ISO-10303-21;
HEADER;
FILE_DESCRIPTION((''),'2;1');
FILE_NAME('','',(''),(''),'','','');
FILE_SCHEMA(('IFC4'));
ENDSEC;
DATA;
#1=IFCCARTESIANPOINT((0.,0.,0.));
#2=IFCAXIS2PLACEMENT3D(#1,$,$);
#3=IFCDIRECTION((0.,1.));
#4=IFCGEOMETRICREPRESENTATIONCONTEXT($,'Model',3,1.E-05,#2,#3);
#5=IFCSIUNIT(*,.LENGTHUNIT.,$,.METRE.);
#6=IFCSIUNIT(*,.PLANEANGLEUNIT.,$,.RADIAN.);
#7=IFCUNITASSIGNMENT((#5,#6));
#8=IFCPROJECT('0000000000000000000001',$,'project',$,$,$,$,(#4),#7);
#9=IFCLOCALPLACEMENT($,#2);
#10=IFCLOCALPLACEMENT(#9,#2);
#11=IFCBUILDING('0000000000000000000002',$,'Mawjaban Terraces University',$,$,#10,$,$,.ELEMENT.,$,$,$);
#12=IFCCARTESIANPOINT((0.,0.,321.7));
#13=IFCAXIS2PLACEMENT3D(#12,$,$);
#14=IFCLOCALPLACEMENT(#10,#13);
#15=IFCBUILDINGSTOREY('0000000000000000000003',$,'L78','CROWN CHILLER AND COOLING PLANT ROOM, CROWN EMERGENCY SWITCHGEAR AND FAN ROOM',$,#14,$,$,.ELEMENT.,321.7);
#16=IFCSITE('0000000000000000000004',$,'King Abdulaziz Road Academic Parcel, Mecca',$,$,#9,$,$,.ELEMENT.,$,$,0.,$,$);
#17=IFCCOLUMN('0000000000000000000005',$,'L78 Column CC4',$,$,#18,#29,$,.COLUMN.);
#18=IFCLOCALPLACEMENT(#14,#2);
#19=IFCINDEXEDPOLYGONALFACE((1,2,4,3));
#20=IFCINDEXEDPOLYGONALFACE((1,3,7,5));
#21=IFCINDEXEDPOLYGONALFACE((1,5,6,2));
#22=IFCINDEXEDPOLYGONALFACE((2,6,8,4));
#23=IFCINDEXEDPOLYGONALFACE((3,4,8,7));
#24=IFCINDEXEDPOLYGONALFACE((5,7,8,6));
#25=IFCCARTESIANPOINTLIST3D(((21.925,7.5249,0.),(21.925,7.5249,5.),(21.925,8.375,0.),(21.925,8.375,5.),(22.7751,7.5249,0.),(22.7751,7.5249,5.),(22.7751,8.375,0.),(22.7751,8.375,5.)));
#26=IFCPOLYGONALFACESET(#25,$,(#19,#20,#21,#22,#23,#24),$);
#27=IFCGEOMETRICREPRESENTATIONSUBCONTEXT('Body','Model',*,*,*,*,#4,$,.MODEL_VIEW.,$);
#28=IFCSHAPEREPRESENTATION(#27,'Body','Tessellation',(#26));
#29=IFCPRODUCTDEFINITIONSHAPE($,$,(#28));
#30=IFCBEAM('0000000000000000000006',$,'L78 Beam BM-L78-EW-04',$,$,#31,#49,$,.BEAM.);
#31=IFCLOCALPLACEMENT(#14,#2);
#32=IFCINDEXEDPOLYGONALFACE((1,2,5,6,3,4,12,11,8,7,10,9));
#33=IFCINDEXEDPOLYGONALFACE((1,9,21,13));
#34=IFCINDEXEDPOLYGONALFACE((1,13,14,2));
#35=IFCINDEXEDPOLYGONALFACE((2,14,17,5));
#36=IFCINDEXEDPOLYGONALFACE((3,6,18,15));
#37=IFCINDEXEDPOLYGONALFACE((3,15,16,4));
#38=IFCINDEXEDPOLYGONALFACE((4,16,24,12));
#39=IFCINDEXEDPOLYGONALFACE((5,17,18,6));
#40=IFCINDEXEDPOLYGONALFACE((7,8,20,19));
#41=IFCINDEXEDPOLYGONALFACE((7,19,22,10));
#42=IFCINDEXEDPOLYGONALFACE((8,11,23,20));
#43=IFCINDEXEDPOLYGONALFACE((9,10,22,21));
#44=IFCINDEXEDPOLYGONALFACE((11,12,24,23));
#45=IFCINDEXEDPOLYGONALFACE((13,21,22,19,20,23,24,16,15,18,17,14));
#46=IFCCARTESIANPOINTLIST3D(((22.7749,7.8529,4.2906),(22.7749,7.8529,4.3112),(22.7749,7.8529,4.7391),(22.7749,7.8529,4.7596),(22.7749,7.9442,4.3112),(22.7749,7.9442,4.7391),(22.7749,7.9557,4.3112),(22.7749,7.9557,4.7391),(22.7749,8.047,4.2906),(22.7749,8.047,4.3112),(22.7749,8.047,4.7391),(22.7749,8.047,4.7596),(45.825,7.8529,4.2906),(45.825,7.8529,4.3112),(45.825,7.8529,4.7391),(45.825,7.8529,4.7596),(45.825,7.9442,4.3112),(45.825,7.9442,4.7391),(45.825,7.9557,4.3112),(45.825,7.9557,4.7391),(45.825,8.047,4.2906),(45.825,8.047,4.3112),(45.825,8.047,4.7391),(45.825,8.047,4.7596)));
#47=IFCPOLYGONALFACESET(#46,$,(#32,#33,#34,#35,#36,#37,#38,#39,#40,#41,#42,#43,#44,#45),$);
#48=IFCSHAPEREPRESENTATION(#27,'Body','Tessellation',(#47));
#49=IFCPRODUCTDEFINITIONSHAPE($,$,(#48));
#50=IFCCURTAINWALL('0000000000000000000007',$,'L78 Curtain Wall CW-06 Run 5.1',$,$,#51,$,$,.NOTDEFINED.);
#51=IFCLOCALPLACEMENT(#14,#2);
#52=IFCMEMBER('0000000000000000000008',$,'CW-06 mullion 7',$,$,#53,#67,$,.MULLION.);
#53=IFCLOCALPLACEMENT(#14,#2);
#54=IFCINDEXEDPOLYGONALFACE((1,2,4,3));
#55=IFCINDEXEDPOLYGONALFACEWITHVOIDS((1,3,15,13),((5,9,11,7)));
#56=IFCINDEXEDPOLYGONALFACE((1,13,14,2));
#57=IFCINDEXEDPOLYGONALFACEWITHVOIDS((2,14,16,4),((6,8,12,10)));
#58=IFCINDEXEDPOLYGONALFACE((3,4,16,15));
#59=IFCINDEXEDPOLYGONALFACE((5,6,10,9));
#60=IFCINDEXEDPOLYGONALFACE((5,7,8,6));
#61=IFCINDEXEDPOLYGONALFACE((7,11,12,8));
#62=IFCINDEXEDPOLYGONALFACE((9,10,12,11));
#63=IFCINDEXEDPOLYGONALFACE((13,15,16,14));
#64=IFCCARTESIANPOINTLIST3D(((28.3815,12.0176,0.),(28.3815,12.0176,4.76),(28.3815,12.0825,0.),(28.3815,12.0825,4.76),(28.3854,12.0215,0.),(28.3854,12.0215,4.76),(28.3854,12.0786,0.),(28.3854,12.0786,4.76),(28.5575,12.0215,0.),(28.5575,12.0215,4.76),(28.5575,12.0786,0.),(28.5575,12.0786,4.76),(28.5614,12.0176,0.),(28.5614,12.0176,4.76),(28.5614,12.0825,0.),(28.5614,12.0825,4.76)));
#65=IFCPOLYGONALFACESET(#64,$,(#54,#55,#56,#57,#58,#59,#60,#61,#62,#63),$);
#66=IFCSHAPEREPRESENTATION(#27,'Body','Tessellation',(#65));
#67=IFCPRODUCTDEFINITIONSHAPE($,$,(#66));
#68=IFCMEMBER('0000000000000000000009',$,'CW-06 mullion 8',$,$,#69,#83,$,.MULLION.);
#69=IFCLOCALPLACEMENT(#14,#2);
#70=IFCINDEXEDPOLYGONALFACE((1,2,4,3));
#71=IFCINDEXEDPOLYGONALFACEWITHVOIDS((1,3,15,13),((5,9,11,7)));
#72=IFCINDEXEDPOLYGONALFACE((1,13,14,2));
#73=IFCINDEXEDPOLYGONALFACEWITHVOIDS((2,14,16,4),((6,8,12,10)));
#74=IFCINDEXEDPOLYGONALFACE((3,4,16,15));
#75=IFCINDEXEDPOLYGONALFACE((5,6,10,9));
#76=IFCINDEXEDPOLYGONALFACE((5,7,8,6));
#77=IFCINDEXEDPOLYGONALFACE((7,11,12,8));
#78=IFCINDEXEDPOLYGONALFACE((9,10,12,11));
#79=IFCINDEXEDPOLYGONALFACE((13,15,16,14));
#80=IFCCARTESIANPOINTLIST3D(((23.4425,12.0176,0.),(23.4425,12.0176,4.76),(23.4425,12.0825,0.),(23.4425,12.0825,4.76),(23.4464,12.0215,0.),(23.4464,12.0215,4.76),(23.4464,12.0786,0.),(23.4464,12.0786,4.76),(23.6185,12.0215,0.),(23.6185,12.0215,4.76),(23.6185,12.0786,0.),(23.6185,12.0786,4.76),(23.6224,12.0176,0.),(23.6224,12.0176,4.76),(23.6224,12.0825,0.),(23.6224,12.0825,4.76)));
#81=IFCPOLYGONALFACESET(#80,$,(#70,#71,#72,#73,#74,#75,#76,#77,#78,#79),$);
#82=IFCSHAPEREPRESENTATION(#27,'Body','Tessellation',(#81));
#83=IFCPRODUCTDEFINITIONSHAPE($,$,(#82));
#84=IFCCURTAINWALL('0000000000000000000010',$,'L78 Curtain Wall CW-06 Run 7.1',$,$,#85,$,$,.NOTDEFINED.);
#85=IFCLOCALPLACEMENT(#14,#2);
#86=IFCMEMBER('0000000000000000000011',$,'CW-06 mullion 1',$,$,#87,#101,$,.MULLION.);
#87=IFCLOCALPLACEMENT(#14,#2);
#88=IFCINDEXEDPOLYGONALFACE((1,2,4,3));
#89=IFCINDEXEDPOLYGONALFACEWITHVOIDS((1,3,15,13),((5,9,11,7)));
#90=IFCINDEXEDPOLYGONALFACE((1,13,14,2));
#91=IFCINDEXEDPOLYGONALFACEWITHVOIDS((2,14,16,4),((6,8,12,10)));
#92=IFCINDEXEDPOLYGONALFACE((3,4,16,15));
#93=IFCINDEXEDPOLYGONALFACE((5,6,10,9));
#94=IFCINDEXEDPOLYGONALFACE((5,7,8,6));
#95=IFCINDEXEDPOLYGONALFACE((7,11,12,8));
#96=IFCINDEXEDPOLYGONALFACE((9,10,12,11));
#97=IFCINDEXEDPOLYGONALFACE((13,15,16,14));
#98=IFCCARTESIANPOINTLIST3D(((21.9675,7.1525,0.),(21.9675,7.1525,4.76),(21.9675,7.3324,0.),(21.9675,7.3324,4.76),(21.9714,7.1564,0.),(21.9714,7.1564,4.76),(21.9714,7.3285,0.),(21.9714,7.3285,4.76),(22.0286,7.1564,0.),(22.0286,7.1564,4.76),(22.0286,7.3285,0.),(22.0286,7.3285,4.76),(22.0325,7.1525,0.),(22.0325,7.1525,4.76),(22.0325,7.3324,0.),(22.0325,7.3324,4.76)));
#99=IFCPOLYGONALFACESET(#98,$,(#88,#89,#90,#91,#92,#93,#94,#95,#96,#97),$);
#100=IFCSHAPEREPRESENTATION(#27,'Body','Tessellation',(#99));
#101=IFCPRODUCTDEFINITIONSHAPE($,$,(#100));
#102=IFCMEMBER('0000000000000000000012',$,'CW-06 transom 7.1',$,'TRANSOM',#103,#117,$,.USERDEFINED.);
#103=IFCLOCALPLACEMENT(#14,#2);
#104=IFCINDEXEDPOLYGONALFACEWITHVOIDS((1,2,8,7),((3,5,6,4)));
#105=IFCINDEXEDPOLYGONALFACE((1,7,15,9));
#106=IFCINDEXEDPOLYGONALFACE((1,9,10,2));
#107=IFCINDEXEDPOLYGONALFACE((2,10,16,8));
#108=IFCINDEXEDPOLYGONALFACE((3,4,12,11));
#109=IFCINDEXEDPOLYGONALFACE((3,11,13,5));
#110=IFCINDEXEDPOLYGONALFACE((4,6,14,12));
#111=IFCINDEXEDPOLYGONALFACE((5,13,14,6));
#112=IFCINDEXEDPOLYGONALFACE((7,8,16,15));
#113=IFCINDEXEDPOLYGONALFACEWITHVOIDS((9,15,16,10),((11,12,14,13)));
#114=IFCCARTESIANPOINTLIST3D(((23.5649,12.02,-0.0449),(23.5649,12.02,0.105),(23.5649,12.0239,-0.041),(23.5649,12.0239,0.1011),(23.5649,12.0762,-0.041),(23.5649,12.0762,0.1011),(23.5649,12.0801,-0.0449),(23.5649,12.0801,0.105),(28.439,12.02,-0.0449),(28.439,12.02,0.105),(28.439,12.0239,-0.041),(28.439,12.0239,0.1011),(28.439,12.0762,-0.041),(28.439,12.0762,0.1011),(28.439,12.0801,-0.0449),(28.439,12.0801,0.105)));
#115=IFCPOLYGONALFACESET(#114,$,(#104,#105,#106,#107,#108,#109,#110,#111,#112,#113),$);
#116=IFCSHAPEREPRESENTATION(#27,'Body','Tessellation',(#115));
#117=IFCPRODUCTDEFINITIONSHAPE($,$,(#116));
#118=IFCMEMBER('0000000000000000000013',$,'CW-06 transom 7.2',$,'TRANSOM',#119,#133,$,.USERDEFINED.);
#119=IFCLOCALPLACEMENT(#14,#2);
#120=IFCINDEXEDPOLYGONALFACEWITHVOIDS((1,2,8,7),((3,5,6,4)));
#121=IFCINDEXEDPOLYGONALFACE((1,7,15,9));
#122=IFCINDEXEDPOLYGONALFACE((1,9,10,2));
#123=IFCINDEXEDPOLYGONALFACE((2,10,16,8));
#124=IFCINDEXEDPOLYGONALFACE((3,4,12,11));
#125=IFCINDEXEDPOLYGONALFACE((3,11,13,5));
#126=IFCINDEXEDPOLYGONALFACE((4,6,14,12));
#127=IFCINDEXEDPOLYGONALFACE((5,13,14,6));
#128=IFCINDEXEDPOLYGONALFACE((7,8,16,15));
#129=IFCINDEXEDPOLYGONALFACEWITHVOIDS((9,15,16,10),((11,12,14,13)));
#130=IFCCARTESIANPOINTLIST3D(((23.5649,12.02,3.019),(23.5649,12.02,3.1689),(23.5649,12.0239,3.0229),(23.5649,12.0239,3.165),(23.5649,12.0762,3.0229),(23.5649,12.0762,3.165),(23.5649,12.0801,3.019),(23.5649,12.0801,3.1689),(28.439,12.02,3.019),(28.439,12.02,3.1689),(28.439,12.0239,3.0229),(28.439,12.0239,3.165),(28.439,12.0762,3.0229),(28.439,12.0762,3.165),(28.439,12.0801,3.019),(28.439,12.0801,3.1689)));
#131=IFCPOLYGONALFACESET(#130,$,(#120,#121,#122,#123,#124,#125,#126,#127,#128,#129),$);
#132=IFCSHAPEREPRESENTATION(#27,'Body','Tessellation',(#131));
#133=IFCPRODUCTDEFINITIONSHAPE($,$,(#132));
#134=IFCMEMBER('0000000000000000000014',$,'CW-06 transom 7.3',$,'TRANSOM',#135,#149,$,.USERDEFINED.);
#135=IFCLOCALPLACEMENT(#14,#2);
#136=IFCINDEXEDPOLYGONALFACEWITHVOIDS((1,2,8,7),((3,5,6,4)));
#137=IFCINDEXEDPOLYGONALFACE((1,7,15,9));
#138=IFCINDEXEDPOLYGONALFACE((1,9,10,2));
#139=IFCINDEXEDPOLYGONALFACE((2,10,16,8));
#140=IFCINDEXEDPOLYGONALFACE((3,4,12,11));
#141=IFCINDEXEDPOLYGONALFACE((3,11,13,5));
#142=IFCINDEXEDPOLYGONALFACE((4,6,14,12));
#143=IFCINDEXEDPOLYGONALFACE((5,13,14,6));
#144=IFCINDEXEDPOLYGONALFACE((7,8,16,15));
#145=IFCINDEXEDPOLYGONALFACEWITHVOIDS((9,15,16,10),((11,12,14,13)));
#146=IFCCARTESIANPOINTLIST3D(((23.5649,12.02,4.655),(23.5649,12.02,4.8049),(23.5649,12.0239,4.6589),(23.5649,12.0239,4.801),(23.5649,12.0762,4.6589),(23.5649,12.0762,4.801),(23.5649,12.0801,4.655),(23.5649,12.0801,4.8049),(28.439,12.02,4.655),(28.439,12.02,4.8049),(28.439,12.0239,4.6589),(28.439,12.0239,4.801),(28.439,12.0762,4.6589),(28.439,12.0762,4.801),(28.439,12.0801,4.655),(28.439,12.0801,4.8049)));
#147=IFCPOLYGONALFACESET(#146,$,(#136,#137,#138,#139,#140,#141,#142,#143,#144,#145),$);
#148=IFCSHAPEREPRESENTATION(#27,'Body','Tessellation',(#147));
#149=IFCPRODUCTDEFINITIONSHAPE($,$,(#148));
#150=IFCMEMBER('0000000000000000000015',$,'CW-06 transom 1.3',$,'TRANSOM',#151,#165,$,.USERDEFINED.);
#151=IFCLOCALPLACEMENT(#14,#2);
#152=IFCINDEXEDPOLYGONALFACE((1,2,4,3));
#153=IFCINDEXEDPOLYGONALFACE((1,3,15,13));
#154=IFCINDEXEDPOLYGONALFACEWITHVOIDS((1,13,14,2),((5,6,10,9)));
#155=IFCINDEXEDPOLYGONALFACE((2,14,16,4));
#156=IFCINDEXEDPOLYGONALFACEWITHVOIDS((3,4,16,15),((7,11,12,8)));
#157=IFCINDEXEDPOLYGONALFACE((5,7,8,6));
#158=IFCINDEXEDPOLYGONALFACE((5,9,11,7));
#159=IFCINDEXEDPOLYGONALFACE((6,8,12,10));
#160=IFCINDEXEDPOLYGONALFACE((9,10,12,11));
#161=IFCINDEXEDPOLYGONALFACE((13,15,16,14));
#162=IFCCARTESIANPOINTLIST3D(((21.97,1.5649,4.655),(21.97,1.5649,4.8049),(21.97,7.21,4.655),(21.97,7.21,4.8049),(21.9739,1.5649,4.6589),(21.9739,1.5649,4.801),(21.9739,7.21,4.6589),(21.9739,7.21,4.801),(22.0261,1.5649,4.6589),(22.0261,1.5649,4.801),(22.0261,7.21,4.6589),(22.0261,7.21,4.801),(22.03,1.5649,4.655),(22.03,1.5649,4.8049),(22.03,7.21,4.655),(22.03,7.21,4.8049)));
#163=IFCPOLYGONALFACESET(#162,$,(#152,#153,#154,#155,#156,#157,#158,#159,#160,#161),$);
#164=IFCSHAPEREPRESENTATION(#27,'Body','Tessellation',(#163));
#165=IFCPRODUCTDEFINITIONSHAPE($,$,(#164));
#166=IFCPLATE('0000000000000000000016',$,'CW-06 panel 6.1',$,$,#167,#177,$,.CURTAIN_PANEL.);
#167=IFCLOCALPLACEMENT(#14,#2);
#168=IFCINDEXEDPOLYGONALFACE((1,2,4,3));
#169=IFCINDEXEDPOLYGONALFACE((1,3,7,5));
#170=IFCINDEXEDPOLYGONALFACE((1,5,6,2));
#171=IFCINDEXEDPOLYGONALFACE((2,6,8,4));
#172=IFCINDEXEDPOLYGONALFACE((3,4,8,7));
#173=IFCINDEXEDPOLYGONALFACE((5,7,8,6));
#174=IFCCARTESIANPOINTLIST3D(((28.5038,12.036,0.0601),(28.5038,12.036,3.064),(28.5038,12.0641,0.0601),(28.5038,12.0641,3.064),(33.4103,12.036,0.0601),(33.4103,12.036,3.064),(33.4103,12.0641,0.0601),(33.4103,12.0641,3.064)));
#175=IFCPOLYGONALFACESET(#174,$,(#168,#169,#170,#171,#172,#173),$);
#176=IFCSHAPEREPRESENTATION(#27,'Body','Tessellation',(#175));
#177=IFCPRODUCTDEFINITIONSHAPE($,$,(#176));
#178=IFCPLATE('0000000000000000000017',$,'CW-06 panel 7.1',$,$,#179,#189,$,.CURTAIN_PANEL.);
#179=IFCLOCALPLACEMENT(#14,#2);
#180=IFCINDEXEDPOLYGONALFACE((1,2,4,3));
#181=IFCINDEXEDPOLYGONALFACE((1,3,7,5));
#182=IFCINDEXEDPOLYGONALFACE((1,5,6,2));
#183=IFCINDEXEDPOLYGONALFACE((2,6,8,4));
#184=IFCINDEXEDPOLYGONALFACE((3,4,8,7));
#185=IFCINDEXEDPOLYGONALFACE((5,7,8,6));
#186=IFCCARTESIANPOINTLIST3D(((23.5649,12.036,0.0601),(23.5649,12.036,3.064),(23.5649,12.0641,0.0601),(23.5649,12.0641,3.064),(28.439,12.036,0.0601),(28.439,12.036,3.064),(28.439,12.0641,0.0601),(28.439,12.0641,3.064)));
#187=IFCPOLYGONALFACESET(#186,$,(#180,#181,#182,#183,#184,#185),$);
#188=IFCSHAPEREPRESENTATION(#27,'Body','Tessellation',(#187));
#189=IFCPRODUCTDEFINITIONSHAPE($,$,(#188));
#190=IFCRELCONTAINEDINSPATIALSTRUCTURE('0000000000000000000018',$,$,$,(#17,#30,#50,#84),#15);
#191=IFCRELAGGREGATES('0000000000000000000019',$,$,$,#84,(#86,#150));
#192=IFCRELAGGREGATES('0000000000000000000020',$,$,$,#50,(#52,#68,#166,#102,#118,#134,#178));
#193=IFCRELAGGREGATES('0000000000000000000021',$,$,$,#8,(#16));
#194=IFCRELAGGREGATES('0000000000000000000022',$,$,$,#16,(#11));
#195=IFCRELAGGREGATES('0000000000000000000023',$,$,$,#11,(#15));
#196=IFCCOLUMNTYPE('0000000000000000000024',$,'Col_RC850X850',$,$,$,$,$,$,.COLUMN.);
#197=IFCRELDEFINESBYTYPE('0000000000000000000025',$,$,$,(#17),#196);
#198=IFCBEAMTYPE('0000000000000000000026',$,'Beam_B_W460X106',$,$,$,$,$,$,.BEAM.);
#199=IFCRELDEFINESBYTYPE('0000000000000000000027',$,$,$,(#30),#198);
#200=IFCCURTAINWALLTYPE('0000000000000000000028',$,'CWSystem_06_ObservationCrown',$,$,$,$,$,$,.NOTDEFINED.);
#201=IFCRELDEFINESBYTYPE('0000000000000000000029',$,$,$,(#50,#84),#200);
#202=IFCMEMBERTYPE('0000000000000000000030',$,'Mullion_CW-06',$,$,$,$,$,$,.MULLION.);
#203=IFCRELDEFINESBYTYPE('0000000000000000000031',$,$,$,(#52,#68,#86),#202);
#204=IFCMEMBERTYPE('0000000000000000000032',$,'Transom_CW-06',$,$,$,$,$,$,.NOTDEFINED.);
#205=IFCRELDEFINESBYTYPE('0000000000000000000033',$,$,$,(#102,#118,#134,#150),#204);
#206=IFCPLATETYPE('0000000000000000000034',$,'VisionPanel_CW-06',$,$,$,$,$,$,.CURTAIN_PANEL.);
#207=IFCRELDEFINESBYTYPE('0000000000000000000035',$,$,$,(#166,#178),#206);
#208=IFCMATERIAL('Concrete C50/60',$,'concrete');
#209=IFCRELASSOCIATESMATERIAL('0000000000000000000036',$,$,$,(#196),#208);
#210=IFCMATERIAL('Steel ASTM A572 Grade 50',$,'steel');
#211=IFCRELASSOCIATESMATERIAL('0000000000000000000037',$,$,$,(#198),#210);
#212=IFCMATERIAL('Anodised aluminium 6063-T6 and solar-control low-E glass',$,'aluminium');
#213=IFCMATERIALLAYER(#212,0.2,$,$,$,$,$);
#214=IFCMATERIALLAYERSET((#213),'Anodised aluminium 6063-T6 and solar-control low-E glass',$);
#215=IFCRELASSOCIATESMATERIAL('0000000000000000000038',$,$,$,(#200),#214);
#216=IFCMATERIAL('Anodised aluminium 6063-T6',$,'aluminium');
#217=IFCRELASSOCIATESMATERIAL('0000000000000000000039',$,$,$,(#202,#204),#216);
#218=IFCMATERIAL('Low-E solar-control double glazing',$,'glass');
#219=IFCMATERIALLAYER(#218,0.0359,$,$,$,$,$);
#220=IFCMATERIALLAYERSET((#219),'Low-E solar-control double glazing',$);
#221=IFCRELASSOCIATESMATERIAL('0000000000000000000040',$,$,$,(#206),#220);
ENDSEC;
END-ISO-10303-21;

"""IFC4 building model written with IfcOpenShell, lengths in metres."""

from ifc_helpers import new_model, si_unit, direction, frame, origin, origin_2d, place, context, subcontext, project, spatial, rectangle, hollow_rectangle, i_section, extrude, material, layer, layer_set, material_profile, profile_set, type_object, element, aggregate, save


model = new_model("IFC4")

# Units and contexts
model_context = context("Model", 3, precision=1e-05, world=origin(), true_north=direction((0.0, 1.0)))
body_context = subcontext(model_context, "Body", "Model", "MODEL_VIEW")
ifc_project = project(units=[si_unit("LENGTHUNIT", "METRE"), si_unit("PLANEANGLEUNIT", "RADIAN")], contexts=[model_context])

# Site, building, storey
site_placement = place(None, origin())
site = spatial("IfcSite", under=ifc_project, at=site_placement, Name="King Abdulaziz Road Academic Parcel, Mecca", CompositionType="ELEMENT", RefElevation=0.0)
building_placement = place(site_placement, origin())
building = spatial("IfcBuilding", under=site, at=building_placement, Name="Mawjaban Terraces University", CompositionType="ELEMENT")
storey_placement = place(building_placement, frame((0.0, 0.0, 321.7)))
storey = spatial("IfcBuildingStorey", under=building, at=storey_placement, Name="L78", Description="CROWN CHILLER AND COOLING PLANT ROOM, CROWN EMERGENCY SWITCHGEAR AND FAN ROOM", CompositionType="ELEMENT", Elevation=321.7)

# Column
ifc_material_1 = material(Name="Concrete C50/60", Category="concrete")
ifc_material_profile_1 = material_profile(ifc_material_1, rectangle(XDim=0.8501, YDim=0.8501, at=origin_2d()), Name="RC850X850")
ifc_profile_set_1 = profile_set([ifc_material_profile_1], Name="Concrete C50/60")
column_type = type_object("IfcColumnType", Name="Col_RC850X850", PredefinedType="COLUMN", material=ifc_profile_set_1)
column_placement = place(storey_placement, frame((22.3501, 7.95, 0.0), z_axis=(0.0, 0.0, 1.0), x_axis=(1.0, 0.0, 0.0)))
element("IfcColumn", 1, at=column_placement, inside=storey, type_object=column_type, Name="L78 Column CC4", PredefinedType="COLUMN", context=body_context, shape_type="SweptSolid", body=[
    extrude(rectangle(XDim=0.8501, YDim=0.8501, at=origin_2d()), origin(), (0.0, 0.0, 1.0), 5.0),
])

# Beam
ifc_material_2 = material(Name="Steel ASTM A572 Grade 50", Category="steel")
ifc_material_profile_2 = material_profile(ifc_material_2, i_section(OverallWidth=0.1941, OverallDepth=0.469, WebThickness=0.0115, FlangeThickness=0.0205, at=origin_2d()), Name="W460X106")
ifc_profile_set_2 = profile_set([ifc_material_profile_2], Name="Steel ASTM A572 Grade 50")
beam_type = type_object("IfcBeamType", Name="Beam_B_W460X106", PredefinedType="BEAM", material=ifc_profile_set_2)
beam_placement = place(storey_placement, frame((22.7749, 7.95, 4.5251), z_axis=(1.0, 0.0, 0.0), x_axis=(0.0, 1.0, 0.0)))
element("IfcBeam", 2, at=beam_placement, inside=storey, type_object=beam_type, Name="L78 Beam BM-L78-EW-04", PredefinedType="BEAM", context=body_context, shape_type="SweptSolid", body=[
    extrude(i_section(OverallWidth=0.1941, OverallDepth=0.469, WebThickness=0.0115, FlangeThickness=0.0205, at=origin_2d()), origin(), (0.0, 0.0, 1.0), 23.05),
])

# Curtain wall, members
ifc_material_3 = material(Name="Anodised aluminium 6063-T6 and solar-control low-E glass", Category="aluminium")
ifc_layer_1 = layer(ifc_material_3, 0.2)
ifc_layer_set_1 = layer_set([ifc_layer_1], Name="Anodised aluminium 6063-T6 and solar-control low-E glass")
curtain_wall_type = type_object("IfcCurtainWallType", Name="CWSystem_06_ObservationCrown", PredefinedType="NOTDEFINED", material=ifc_layer_set_1)
curtain_wall_1_placement = place(storey_placement, origin())
curtain_wall_1 = element("IfcCurtainWall", 3, at=curtain_wall_1_placement, inside=storey, type_object=curtain_wall_type, Name="L78 Curtain Wall CW-06 Run 5.1", PredefinedType="NOTDEFINED")
ifc_material_4 = material(Name="Anodised aluminium 6063-T6", Category="aluminium")
ifc_material_profile_3 = material_profile(ifc_material_4, hollow_rectangle(XDim=0.0649, YDim=0.1799, WallThickness=0.0039, at=origin_2d()), Name="ALU180X65X4")
ifc_profile_set_3 = profile_set([ifc_material_profile_3], Name="Anodised aluminium 6063-T6")
member_type_1 = type_object("IfcMemberType", Name="Mullion_CW-06", PredefinedType="MULLION", material=ifc_profile_set_3)
member_1_placement = place(storey_placement, frame((28.4714, 12.05, 0.0), z_axis=(0.0, 0.0, 1.0), x_axis=(0.0, -1.0, 0.0)))
member_1 = element("IfcMember", 4, at=member_1_placement, type_object=member_type_1, Name="CW-06 mullion 7", PredefinedType="MULLION", context=body_context, shape_type="SweptSolid", body=[
    extrude(hollow_rectangle(XDim=0.0649, YDim=0.1799, WallThickness=0.0039, at=origin_2d()), origin(), (0.0, 0.0, 1.0), 4.76),
])
member_2_placement = place(storey_placement, frame((23.5325, 12.05, 0.0), z_axis=(0.0, 0.0, 1.0), x_axis=(0.0, -1.0, 0.0)))
member_2 = element("IfcMember", 5, at=member_2_placement, type_object=member_type_1, Name="CW-06 mullion 8", PredefinedType="MULLION", context=body_context, shape_type="SweptSolid", body=[
    extrude(hollow_rectangle(XDim=0.0649, YDim=0.1799, WallThickness=0.0039, at=origin_2d()), origin(), (0.0, 0.0, 1.0), 4.76),
])

# Curtain wall, member
curtain_wall_2_placement = place(storey_placement, origin())
curtain_wall_2 = element("IfcCurtainWall", 6, at=curtain_wall_2_placement, inside=storey, type_object=curtain_wall_type, Name="L78 Curtain Wall CW-06 Run 7.1", PredefinedType="NOTDEFINED")
member_3_placement = place(storey_placement, frame((22.0, 7.2424, 0.0), z_axis=(0.0, 0.0, 1.0), x_axis=(1.0, 0.0, 0.0)))
member_3 = element("IfcMember", 7, at=member_3_placement, type_object=member_type_1, Name="CW-06 mullion 1", PredefinedType="MULLION", context=body_context, shape_type="SweptSolid", body=[
    extrude(hollow_rectangle(XDim=0.0649, YDim=0.1799, WallThickness=0.0039, at=origin_2d()), origin(), (0.0, 0.0, 1.0), 4.76),
])

# Members
ifc_material_profile_4 = material_profile(ifc_material_4, hollow_rectangle(XDim=0.0601, YDim=0.1499, WallThickness=0.0039, at=origin_2d()), Name="ALU150X60X4")
ifc_profile_set_4 = profile_set([ifc_material_profile_4], Name="Anodised aluminium 6063-T6")
member_type_2 = type_object("IfcMemberType", Name="Transom_CW-06", PredefinedType="NOTDEFINED", material=ifc_profile_set_4)
member_4_placement = place(storey_placement, frame((28.439, 12.05, 0.03), z_axis=(-1.0, 0.0, 0.0), x_axis=(0.0, -1.0, 0.0)))
member_4 = element("IfcMember", 8, at=member_4_placement, type_object=member_type_2, Name="CW-06 transom 7.1", ObjectType="TRANSOM", PredefinedType="USERDEFINED", context=body_context, shape_type="SweptSolid", body=[
    extrude(hollow_rectangle(XDim=0.0601, YDim=0.1499, WallThickness=0.0039, at=origin_2d()), origin(), (0.0, 0.0, 1.0), 4.874),
])
member_5_placement = place(storey_placement, frame((28.439, 12.05, 3.094), z_axis=(-1.0, 0.0, 0.0), x_axis=(0.0, -1.0, 0.0)))
member_5 = element("IfcMember", 9, at=member_5_placement, type_object=member_type_2, Name="CW-06 transom 7.2", ObjectType="TRANSOM", PredefinedType="USERDEFINED", context=body_context, shape_type="SweptSolid", body=[
    extrude(hollow_rectangle(XDim=0.0601, YDim=0.1499, WallThickness=0.0039, at=origin_2d()), origin(), (0.0, 0.0, 1.0), 4.874),
])
member_6_placement = place(storey_placement, frame((28.439, 12.05, 4.73), z_axis=(-1.0, 0.0, 0.0), x_axis=(0.0, -1.0, 0.0)))
member_6 = element("IfcMember", 10, at=member_6_placement, type_object=member_type_2, Name="CW-06 transom 7.3", ObjectType="TRANSOM", PredefinedType="USERDEFINED", context=body_context, shape_type="SweptSolid", body=[
    extrude(hollow_rectangle(XDim=0.0601, YDim=0.1499, WallThickness=0.0039, at=origin_2d()), origin(), (0.0, 0.0, 1.0), 4.874),
])
member_7_placement = place(storey_placement, frame((22.0, 7.21, 4.73), z_axis=(0.0, -1.0, 0.0), x_axis=(1.0, 0.0, 0.0)))
member_7 = element("IfcMember", 11, at=member_7_placement, type_object=member_type_2, Name="CW-06 transom 1.3", ObjectType="TRANSOM", PredefinedType="USERDEFINED", context=body_context, shape_type="SweptSolid", body=[
    extrude(hollow_rectangle(XDim=0.0601, YDim=0.1499, WallThickness=0.0039, at=origin_2d()), origin(), (0.0, 0.0, 1.0), 5.645),
])
aggregate(curtain_wall_2, [member_3, member_7])

# Plates
ifc_material_5 = material(Name="Low-E solar-control double glazing", Category="glass")
ifc_layer_2 = layer(ifc_material_5, 0.0359)
ifc_layer_set_2 = layer_set([ifc_layer_2], Name="Low-E solar-control double glazing")
plate_type = type_object("IfcPlateType", Name="VisionPanel_CW-06", PredefinedType="CURTAIN_PANEL", material=ifc_layer_set_2)
plate_1_placement = place(storey_placement, frame((30.957, 12.05, 0.0601), z_axis=(0.0, 0.0, 1.0), x_axis=(-1.0, 0.0, 0.0)))
plate_1 = element("IfcPlate", 12, at=plate_1_placement, type_object=plate_type, Name="CW-06 panel 6.1", PredefinedType="CURTAIN_PANEL", context=body_context, shape_type="SweptSolid", body=[
    extrude(rectangle(XDim=4.9065, YDim=0.0281, at=origin_2d()), origin(), (0.0, 0.0, 1.0), 3.0039),
])
plate_2_placement = place(storey_placement, frame((26.002, 12.05, 0.0601), z_axis=(0.0, 0.0, 1.0), x_axis=(-1.0, 0.0, 0.0)))
plate_2 = element("IfcPlate", 13, at=plate_2_placement, type_object=plate_type, Name="CW-06 panel 7.1", PredefinedType="CURTAIN_PANEL", context=body_context, shape_type="SweptSolid", body=[
    extrude(rectangle(XDim=4.874, YDim=0.0281, at=origin_2d()), origin(), (0.0, 0.0, 1.0), 3.0039),
])
aggregate(curtain_wall_1, [member_1, member_2, plate_1, member_4, member_5, member_6, plate_2])

save(model, "model.ifc")
